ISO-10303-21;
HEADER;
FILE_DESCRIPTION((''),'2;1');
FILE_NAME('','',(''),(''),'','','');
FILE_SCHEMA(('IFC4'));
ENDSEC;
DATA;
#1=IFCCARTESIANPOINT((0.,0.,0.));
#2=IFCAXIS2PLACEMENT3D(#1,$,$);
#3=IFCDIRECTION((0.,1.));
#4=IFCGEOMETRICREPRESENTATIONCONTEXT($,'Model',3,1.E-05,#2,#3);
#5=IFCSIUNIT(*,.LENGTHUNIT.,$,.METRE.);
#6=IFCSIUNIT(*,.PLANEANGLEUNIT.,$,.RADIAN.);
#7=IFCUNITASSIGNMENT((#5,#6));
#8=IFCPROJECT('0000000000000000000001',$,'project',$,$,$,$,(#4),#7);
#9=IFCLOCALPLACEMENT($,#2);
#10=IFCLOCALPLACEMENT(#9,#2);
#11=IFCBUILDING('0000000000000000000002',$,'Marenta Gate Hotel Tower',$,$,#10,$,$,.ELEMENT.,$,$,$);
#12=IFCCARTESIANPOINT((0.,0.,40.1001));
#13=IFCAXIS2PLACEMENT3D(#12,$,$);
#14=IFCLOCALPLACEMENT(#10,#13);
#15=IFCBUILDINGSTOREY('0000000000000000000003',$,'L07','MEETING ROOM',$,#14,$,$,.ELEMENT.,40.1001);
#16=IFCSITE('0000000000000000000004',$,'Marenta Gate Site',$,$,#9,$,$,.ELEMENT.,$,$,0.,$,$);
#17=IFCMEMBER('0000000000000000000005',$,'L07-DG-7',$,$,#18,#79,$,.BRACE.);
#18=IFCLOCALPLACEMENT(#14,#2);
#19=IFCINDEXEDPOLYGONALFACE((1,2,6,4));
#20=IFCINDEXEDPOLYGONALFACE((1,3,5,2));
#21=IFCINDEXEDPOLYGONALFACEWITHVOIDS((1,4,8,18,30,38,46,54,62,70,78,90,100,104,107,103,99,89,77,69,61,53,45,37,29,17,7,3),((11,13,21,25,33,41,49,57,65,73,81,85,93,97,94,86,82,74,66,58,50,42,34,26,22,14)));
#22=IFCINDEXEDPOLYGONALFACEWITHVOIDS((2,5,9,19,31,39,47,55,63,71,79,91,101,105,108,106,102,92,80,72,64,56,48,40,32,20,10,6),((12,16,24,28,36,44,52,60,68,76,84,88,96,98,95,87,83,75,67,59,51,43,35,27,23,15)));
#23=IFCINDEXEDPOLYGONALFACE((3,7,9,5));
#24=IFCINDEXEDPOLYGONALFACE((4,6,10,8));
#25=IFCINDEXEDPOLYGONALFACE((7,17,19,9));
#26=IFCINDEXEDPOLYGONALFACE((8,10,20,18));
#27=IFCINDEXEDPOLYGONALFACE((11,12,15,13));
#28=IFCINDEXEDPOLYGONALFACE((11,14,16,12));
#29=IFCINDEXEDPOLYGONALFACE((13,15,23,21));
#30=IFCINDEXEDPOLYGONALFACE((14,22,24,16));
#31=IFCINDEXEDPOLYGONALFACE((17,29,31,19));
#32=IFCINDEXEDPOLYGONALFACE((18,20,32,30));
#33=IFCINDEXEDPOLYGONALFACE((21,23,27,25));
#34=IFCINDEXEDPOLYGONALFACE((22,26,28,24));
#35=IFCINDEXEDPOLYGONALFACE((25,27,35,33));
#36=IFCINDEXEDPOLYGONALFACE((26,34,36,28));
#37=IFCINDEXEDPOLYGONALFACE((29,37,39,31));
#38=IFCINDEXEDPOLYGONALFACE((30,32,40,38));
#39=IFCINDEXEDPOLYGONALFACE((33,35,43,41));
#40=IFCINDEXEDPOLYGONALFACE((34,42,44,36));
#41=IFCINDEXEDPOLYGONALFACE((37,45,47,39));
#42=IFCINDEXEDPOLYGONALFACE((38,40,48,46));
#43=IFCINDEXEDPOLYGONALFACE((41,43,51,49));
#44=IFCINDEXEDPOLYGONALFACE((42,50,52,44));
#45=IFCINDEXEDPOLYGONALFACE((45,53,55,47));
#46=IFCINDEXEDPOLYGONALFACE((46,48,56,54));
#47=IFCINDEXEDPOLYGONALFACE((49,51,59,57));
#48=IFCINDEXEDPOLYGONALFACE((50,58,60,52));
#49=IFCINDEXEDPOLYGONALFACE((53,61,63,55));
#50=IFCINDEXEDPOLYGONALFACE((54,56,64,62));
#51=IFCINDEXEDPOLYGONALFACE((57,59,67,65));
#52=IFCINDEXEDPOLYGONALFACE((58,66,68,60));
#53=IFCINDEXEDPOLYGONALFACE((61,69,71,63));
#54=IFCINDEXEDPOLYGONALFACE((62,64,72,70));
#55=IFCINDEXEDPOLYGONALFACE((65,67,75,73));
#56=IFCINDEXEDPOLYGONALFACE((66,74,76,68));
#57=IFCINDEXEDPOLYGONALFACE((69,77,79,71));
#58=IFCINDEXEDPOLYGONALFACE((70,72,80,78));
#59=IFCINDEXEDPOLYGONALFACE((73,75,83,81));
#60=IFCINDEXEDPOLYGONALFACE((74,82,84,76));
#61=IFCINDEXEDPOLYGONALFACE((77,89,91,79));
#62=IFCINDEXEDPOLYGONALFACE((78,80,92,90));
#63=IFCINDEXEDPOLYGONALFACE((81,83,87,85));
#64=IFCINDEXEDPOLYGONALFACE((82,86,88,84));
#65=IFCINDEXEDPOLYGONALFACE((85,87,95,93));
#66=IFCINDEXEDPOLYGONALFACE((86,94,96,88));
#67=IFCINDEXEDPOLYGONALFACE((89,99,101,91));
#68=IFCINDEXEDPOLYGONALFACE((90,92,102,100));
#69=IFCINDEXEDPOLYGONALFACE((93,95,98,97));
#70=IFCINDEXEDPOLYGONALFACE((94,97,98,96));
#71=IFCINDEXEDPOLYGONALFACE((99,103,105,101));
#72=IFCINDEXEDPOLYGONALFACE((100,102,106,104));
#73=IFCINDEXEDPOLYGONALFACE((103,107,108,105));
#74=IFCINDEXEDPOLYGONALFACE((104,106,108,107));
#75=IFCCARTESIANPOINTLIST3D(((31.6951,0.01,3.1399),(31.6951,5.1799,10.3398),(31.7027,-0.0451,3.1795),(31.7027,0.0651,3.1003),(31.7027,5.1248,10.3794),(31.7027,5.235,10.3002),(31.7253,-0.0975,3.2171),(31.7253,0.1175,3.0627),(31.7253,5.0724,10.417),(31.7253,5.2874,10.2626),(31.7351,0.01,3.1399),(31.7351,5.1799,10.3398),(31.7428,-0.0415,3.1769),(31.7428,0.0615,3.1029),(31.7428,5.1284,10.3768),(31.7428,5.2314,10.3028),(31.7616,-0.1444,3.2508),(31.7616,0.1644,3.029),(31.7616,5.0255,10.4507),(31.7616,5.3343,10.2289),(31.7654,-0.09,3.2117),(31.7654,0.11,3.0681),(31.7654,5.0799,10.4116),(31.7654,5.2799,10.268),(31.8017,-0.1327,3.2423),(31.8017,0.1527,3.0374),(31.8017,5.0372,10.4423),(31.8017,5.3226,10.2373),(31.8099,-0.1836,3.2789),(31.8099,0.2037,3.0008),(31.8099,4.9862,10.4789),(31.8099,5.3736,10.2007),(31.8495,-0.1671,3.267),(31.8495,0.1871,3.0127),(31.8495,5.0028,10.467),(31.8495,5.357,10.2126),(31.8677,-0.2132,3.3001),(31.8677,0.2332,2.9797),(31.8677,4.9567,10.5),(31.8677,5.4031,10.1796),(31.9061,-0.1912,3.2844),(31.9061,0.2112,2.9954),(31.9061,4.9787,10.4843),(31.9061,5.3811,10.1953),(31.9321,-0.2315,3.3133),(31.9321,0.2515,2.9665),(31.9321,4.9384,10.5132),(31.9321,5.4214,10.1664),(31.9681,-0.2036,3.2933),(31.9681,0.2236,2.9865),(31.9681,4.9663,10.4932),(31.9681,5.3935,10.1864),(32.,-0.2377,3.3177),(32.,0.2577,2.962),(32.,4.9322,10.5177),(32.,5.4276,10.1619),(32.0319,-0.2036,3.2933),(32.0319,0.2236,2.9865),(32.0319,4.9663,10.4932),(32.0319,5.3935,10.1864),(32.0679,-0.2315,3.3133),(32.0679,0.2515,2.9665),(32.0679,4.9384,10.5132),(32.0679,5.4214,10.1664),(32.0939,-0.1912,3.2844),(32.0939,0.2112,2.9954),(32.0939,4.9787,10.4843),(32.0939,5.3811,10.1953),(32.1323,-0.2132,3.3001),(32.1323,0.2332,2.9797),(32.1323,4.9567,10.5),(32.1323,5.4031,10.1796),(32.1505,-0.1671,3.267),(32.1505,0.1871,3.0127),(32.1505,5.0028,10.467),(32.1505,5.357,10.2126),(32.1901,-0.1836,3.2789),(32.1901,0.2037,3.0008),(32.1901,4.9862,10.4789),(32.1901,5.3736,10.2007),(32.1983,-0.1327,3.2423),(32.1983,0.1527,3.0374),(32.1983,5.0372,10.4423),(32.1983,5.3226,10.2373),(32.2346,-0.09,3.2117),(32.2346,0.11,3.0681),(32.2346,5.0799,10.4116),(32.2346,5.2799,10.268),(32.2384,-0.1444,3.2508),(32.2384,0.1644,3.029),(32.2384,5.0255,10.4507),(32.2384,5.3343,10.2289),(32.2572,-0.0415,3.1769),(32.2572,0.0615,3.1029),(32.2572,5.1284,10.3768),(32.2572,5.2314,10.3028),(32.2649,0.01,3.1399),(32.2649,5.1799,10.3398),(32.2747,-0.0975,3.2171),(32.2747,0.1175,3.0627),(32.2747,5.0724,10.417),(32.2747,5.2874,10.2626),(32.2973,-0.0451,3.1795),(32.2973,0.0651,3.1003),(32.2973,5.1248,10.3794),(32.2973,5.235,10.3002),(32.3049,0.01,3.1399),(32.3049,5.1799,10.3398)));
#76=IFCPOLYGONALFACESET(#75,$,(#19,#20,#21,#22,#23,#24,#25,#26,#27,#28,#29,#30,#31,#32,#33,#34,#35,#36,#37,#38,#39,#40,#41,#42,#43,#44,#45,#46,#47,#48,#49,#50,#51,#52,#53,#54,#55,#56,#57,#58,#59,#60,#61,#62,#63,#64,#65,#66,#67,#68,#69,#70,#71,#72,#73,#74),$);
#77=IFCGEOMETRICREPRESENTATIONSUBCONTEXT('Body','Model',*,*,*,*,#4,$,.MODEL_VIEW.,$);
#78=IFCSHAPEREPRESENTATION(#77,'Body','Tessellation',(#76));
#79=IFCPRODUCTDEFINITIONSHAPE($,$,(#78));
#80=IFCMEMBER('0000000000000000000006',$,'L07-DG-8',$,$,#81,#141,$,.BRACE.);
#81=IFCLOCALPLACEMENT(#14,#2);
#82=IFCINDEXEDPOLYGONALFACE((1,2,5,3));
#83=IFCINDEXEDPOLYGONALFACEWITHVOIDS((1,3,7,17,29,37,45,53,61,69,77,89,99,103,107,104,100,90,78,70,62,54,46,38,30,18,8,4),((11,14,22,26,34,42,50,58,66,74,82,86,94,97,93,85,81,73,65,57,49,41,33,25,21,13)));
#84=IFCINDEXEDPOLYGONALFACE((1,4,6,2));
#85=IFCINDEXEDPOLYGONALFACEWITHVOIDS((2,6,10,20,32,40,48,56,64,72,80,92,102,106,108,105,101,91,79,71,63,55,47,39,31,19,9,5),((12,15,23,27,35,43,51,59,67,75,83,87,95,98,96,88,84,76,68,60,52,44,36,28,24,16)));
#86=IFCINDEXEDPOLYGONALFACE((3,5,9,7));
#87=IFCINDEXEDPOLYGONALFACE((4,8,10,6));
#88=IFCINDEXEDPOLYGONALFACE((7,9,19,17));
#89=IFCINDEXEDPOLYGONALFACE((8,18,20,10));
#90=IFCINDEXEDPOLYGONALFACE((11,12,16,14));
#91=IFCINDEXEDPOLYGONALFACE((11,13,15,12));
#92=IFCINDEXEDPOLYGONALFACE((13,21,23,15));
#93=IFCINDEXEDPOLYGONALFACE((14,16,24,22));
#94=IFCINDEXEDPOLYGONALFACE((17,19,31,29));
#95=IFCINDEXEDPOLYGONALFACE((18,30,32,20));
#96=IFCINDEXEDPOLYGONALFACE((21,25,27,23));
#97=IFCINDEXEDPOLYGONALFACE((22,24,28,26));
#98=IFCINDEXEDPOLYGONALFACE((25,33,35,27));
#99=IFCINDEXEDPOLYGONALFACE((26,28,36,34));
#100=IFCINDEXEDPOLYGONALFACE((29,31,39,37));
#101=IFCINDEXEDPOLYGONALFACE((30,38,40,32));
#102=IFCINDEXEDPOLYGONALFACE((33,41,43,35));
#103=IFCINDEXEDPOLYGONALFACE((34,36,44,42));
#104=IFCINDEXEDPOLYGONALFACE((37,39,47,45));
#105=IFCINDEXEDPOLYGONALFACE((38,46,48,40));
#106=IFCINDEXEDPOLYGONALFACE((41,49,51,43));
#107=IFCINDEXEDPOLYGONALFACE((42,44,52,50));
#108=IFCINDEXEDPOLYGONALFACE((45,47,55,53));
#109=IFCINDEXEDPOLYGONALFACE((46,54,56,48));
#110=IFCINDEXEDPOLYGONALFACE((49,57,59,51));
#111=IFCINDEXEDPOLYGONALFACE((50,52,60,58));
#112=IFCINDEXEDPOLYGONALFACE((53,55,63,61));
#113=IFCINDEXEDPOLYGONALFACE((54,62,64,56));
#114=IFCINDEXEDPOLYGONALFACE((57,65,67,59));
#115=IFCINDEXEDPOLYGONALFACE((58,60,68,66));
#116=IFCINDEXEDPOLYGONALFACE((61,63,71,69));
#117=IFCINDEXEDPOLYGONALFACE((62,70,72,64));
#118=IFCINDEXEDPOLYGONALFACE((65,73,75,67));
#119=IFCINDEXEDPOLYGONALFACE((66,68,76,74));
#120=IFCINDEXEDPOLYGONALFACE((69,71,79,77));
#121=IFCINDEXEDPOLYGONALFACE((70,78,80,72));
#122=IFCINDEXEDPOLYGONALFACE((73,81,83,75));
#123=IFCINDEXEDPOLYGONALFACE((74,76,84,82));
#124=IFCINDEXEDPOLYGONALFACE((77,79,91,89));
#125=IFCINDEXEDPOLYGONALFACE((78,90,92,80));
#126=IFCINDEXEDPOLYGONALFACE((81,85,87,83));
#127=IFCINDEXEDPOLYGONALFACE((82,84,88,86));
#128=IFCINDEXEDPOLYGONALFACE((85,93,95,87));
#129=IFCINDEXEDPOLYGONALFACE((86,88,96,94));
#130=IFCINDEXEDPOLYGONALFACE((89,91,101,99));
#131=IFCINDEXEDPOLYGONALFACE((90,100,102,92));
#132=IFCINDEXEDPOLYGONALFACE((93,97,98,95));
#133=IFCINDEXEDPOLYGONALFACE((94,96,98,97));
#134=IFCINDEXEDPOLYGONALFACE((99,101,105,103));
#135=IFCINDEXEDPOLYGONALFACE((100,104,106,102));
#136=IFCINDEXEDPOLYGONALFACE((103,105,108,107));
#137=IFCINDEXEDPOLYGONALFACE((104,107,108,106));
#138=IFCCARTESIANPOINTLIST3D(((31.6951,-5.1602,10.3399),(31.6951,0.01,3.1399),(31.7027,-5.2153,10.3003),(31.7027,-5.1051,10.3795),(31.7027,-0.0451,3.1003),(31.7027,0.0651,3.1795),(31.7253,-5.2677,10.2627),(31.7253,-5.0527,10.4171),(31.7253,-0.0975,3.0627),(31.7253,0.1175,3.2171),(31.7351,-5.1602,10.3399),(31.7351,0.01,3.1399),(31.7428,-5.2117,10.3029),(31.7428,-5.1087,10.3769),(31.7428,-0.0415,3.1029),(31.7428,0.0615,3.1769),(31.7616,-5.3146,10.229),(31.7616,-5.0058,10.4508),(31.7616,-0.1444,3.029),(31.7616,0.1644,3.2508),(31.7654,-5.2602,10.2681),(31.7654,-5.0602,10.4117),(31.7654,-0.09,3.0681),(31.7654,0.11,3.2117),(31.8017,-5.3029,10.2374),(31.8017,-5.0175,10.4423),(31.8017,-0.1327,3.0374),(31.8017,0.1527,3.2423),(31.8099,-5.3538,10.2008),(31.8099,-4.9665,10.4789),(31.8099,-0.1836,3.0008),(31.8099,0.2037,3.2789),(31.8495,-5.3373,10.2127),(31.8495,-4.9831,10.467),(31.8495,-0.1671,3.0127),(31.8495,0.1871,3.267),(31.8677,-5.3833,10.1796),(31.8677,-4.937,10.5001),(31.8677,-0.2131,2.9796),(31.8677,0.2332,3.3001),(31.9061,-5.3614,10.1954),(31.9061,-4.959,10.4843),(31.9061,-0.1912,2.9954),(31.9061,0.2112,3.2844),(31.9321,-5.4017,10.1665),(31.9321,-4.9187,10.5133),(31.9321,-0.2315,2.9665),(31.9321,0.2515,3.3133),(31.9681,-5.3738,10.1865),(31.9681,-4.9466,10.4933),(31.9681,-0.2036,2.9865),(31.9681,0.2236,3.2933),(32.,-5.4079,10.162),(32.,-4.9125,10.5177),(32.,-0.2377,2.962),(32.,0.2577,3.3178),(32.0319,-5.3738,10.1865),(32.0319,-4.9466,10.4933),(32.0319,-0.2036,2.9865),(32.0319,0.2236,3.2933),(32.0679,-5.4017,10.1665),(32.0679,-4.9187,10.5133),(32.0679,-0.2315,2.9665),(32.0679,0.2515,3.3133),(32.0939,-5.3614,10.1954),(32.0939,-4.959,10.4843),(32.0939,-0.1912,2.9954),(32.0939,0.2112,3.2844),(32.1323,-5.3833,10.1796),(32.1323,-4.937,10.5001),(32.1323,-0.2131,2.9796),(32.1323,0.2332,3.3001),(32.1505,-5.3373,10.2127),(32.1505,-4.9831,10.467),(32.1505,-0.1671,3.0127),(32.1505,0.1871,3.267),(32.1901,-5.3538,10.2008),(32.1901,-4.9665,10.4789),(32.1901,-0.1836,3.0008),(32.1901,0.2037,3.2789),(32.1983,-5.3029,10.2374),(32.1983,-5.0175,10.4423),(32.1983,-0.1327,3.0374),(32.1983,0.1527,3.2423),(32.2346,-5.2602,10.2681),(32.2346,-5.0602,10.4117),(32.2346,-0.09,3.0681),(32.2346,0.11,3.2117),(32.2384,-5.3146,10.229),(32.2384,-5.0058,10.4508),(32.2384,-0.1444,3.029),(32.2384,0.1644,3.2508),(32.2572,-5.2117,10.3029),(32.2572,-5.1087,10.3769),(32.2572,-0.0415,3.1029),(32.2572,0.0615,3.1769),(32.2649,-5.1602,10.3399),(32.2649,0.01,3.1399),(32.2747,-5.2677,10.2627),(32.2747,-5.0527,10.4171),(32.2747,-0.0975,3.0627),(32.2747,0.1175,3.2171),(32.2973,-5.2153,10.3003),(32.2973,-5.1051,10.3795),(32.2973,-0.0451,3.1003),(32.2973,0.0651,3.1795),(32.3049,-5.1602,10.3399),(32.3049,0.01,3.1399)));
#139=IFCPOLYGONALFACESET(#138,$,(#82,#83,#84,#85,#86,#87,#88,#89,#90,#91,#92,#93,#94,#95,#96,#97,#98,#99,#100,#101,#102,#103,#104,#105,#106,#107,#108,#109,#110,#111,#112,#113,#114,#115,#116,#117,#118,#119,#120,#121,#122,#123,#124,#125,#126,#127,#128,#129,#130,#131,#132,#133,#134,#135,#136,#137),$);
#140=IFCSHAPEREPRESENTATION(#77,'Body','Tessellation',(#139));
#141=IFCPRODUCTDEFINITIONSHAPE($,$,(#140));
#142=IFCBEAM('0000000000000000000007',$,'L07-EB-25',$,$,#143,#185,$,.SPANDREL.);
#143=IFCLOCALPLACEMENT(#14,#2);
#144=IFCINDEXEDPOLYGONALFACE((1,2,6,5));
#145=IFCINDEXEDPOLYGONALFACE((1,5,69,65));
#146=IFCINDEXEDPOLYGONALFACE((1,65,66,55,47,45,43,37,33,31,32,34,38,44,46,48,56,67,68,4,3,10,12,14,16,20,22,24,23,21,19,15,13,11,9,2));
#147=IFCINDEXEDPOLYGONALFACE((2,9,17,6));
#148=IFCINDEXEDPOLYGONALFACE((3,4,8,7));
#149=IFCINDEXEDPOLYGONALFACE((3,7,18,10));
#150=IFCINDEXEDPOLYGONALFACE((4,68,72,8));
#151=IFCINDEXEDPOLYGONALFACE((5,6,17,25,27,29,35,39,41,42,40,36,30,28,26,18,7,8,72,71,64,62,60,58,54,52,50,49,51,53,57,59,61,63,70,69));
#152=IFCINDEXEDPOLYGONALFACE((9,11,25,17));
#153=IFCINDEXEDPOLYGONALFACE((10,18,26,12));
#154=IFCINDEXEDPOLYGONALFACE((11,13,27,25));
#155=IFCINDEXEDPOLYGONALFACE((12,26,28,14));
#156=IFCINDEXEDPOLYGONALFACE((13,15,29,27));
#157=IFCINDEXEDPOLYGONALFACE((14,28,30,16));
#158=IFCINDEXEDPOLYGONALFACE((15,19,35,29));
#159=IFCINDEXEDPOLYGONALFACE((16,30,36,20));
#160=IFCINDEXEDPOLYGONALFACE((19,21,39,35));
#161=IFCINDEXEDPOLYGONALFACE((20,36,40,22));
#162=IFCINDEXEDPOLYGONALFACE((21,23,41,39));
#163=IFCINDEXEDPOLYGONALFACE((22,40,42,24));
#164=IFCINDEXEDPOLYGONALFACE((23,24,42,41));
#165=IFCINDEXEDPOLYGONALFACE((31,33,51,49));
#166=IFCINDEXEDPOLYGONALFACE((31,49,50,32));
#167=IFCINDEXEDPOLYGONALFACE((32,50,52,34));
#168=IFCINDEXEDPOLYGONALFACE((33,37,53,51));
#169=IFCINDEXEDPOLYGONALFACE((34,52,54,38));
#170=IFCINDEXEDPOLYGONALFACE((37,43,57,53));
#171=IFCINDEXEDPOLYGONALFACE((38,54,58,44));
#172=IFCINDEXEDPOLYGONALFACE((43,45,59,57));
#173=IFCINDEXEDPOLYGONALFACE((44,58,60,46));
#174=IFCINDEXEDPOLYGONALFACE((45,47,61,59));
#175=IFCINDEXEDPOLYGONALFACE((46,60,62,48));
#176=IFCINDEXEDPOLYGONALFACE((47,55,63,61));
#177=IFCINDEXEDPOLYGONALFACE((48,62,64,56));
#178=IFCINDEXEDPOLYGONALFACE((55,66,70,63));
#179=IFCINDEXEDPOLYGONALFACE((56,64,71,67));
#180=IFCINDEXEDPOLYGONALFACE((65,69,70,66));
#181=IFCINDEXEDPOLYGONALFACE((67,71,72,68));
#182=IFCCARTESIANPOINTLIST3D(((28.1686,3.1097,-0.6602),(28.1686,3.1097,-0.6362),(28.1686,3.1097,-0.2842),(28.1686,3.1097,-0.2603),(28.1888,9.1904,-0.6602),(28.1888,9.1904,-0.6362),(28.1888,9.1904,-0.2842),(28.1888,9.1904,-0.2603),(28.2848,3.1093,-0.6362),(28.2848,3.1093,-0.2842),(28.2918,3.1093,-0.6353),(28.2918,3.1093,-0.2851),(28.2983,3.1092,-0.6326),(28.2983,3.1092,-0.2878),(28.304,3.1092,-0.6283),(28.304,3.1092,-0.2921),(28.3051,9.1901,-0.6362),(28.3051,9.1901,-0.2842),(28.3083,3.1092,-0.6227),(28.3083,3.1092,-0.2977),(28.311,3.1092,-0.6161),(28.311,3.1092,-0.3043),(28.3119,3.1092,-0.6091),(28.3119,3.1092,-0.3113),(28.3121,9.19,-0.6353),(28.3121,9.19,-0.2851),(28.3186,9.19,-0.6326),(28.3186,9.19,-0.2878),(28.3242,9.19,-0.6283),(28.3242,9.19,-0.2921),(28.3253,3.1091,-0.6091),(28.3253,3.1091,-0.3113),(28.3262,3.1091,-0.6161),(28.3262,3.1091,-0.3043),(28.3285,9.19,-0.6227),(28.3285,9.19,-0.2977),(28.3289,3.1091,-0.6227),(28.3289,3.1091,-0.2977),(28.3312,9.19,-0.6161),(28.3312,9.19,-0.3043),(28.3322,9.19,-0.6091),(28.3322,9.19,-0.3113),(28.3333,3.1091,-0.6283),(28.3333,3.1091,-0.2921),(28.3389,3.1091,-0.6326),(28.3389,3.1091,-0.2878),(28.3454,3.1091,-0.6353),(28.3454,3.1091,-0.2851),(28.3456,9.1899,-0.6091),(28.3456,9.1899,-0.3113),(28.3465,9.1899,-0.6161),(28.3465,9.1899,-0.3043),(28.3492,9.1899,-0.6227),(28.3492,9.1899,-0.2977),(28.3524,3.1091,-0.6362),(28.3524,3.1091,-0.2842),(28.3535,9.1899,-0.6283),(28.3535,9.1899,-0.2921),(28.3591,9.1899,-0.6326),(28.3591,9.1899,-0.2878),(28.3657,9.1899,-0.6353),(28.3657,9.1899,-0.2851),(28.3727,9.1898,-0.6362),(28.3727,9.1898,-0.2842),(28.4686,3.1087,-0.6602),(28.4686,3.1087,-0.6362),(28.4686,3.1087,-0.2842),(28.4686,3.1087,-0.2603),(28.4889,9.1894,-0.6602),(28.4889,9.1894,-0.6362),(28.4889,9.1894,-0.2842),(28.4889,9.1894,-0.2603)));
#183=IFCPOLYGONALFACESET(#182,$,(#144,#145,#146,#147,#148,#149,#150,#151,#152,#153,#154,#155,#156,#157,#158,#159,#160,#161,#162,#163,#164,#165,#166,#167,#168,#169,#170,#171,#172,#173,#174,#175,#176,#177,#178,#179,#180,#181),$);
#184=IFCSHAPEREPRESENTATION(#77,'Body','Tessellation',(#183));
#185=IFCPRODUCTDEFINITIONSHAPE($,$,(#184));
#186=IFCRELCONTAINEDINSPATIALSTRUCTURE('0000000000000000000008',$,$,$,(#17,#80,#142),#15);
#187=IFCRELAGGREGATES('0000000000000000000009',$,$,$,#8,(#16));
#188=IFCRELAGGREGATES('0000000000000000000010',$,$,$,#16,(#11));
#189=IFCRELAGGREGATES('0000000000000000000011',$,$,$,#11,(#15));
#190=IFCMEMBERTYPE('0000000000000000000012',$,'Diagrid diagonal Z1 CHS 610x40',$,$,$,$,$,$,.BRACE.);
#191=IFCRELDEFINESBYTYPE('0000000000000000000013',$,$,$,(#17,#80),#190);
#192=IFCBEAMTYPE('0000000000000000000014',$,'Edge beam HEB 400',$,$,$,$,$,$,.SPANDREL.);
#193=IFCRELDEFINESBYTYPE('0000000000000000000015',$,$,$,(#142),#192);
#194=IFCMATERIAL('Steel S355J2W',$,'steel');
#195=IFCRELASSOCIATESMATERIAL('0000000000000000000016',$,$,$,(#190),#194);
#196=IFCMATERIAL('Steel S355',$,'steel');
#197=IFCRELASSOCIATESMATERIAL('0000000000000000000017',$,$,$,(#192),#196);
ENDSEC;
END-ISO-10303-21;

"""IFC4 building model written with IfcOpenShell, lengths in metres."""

from ifc_helpers import new_model, si_unit, direction, frame, origin, origin_2d, place, context, subcontext, project, spatial, hollow_circle, i_section, extrude, material, material_profile, profile_set, type_object, element, save


model = new_model("IFC4")

# Units and contexts
model_context = context("Model", 3, precision=1e-05, world=origin(), true_north=direction((0.0, 1.0)))
body_context = subcontext(model_context, "Body", "Model", "MODEL_VIEW")
ifc_project = project(units=[si_unit("LENGTHUNIT", "METRE"), si_unit("PLANEANGLEUNIT", "RADIAN")], contexts=[model_context])

# Site, building, storey
site_placement = place(None, origin())
site = spatial("IfcSite", under=ifc_project, at=site_placement, Name="Marenta Gate Site", CompositionType="ELEMENT", RefElevation=0.0)
building_placement = place(site_placement, origin())
building = spatial("IfcBuilding", under=site, at=building_placement, Name="Marenta Gate Hotel Tower", CompositionType="ELEMENT")
storey_placement = place(building_placement, frame((0.0, 0.0, 40.1001)))
storey = spatial("IfcBuildingStorey", under=building, at=storey_placement, Name="L07", Description="MEETING ROOM", CompositionType="ELEMENT", Elevation=40.1001)

# Members
ifc_material_1 = material(Name="Steel S355J2W", Category="steel")
ifc_material_profile_1 = material_profile(ifc_material_1, hollow_circle(Radius=0.3049, WallThickness=0.04, at=origin_2d()), Name="CHS 610x40")
ifc_profile_set_1 = profile_set([ifc_material_profile_1], Name="Steel S355J2W")
member_type_1 = type_object("IfcMemberType", Name="Diagrid diagonal Z1 CHS 610x40", PredefinedType="BRACE", material=ifc_profile_set_1)
for number, where, z_axis, x_axis, name in (
    (1, (32.0, 0.01, 3.1399), (0.0, 0.583261, 0.812285), (-1.0, 0.0, 0.0), "L07-DG-7"),
):
    element("IfcMember", number, at=place(storey_placement, frame(where, z_axis=z_axis, x_axis=x_axis)), inside=storey, type_object=member_type_1, Name=name, PredefinedType="BRACE", context=body_context, shape_type="SweptSolid", body=[
        extrude(hollow_circle(Radius=0.3049, WallThickness=0.04, at=origin_2d()), origin(), (0.0, 0.0, 1.0), 8.8638),
    ])
member_1_placement = place(storey_placement, frame((32.0, 0.01, 3.1399), z_axis=(0.0, -0.583279, 0.812272), x_axis=(1.0, 0.0, 0.0)))
element("IfcMember", 2, at=member_1_placement, inside=storey, type_object=member_type_1, Name="L07-DG-8", PredefinedType="BRACE", context=body_context, shape_type="SweptSolid", body=[
    extrude(hollow_circle(Radius=0.3049, WallThickness=0.04, at=origin_2d()), origin(), (0.0, 0.0, 1.0), 8.864),
])

# Beam
ifc_material_2 = material(Name="Steel S355", Category="steel")
ifc_material_profile_2 = material_profile(ifc_material_2, i_section(OverallWidth=0.3, OverallDepth=0.3999, WebThickness=0.0134, FlangeThickness=0.0239, FilletRadius=0.0271, at=origin_2d()), Name="HEB 400")
ifc_profile_set_2 = profile_set([ifc_material_profile_2], Name="Steel S355")
beam_type_1 = type_object("IfcBeamType", Name="Edge beam HEB 400", PredefinedType="SPANDREL", material=ifc_profile_set_2)
beam_1_placement = place(storey_placement, frame((28.3389, 9.1899, -0.4602), z_axis=(-0.003332, -0.999994, 0.0), x_axis=(0.999994, -0.003332, 0.0)))
element("IfcBeam", 3, at=beam_1_placement, inside=storey, type_object=beam_type_1, Name="L07-EB-25", PredefinedType="SPANDREL", context=body_context, shape_type="SweptSolid", body=[
    extrude(i_section(OverallWidth=0.3, OverallDepth=0.3999, WebThickness=0.0134, FlangeThickness=0.0239, FilletRadius=0.0271, at=origin_2d()), origin(), (0.0, 0.0, 1.0), 6.0808),
])

save(model, "model.ifc")
